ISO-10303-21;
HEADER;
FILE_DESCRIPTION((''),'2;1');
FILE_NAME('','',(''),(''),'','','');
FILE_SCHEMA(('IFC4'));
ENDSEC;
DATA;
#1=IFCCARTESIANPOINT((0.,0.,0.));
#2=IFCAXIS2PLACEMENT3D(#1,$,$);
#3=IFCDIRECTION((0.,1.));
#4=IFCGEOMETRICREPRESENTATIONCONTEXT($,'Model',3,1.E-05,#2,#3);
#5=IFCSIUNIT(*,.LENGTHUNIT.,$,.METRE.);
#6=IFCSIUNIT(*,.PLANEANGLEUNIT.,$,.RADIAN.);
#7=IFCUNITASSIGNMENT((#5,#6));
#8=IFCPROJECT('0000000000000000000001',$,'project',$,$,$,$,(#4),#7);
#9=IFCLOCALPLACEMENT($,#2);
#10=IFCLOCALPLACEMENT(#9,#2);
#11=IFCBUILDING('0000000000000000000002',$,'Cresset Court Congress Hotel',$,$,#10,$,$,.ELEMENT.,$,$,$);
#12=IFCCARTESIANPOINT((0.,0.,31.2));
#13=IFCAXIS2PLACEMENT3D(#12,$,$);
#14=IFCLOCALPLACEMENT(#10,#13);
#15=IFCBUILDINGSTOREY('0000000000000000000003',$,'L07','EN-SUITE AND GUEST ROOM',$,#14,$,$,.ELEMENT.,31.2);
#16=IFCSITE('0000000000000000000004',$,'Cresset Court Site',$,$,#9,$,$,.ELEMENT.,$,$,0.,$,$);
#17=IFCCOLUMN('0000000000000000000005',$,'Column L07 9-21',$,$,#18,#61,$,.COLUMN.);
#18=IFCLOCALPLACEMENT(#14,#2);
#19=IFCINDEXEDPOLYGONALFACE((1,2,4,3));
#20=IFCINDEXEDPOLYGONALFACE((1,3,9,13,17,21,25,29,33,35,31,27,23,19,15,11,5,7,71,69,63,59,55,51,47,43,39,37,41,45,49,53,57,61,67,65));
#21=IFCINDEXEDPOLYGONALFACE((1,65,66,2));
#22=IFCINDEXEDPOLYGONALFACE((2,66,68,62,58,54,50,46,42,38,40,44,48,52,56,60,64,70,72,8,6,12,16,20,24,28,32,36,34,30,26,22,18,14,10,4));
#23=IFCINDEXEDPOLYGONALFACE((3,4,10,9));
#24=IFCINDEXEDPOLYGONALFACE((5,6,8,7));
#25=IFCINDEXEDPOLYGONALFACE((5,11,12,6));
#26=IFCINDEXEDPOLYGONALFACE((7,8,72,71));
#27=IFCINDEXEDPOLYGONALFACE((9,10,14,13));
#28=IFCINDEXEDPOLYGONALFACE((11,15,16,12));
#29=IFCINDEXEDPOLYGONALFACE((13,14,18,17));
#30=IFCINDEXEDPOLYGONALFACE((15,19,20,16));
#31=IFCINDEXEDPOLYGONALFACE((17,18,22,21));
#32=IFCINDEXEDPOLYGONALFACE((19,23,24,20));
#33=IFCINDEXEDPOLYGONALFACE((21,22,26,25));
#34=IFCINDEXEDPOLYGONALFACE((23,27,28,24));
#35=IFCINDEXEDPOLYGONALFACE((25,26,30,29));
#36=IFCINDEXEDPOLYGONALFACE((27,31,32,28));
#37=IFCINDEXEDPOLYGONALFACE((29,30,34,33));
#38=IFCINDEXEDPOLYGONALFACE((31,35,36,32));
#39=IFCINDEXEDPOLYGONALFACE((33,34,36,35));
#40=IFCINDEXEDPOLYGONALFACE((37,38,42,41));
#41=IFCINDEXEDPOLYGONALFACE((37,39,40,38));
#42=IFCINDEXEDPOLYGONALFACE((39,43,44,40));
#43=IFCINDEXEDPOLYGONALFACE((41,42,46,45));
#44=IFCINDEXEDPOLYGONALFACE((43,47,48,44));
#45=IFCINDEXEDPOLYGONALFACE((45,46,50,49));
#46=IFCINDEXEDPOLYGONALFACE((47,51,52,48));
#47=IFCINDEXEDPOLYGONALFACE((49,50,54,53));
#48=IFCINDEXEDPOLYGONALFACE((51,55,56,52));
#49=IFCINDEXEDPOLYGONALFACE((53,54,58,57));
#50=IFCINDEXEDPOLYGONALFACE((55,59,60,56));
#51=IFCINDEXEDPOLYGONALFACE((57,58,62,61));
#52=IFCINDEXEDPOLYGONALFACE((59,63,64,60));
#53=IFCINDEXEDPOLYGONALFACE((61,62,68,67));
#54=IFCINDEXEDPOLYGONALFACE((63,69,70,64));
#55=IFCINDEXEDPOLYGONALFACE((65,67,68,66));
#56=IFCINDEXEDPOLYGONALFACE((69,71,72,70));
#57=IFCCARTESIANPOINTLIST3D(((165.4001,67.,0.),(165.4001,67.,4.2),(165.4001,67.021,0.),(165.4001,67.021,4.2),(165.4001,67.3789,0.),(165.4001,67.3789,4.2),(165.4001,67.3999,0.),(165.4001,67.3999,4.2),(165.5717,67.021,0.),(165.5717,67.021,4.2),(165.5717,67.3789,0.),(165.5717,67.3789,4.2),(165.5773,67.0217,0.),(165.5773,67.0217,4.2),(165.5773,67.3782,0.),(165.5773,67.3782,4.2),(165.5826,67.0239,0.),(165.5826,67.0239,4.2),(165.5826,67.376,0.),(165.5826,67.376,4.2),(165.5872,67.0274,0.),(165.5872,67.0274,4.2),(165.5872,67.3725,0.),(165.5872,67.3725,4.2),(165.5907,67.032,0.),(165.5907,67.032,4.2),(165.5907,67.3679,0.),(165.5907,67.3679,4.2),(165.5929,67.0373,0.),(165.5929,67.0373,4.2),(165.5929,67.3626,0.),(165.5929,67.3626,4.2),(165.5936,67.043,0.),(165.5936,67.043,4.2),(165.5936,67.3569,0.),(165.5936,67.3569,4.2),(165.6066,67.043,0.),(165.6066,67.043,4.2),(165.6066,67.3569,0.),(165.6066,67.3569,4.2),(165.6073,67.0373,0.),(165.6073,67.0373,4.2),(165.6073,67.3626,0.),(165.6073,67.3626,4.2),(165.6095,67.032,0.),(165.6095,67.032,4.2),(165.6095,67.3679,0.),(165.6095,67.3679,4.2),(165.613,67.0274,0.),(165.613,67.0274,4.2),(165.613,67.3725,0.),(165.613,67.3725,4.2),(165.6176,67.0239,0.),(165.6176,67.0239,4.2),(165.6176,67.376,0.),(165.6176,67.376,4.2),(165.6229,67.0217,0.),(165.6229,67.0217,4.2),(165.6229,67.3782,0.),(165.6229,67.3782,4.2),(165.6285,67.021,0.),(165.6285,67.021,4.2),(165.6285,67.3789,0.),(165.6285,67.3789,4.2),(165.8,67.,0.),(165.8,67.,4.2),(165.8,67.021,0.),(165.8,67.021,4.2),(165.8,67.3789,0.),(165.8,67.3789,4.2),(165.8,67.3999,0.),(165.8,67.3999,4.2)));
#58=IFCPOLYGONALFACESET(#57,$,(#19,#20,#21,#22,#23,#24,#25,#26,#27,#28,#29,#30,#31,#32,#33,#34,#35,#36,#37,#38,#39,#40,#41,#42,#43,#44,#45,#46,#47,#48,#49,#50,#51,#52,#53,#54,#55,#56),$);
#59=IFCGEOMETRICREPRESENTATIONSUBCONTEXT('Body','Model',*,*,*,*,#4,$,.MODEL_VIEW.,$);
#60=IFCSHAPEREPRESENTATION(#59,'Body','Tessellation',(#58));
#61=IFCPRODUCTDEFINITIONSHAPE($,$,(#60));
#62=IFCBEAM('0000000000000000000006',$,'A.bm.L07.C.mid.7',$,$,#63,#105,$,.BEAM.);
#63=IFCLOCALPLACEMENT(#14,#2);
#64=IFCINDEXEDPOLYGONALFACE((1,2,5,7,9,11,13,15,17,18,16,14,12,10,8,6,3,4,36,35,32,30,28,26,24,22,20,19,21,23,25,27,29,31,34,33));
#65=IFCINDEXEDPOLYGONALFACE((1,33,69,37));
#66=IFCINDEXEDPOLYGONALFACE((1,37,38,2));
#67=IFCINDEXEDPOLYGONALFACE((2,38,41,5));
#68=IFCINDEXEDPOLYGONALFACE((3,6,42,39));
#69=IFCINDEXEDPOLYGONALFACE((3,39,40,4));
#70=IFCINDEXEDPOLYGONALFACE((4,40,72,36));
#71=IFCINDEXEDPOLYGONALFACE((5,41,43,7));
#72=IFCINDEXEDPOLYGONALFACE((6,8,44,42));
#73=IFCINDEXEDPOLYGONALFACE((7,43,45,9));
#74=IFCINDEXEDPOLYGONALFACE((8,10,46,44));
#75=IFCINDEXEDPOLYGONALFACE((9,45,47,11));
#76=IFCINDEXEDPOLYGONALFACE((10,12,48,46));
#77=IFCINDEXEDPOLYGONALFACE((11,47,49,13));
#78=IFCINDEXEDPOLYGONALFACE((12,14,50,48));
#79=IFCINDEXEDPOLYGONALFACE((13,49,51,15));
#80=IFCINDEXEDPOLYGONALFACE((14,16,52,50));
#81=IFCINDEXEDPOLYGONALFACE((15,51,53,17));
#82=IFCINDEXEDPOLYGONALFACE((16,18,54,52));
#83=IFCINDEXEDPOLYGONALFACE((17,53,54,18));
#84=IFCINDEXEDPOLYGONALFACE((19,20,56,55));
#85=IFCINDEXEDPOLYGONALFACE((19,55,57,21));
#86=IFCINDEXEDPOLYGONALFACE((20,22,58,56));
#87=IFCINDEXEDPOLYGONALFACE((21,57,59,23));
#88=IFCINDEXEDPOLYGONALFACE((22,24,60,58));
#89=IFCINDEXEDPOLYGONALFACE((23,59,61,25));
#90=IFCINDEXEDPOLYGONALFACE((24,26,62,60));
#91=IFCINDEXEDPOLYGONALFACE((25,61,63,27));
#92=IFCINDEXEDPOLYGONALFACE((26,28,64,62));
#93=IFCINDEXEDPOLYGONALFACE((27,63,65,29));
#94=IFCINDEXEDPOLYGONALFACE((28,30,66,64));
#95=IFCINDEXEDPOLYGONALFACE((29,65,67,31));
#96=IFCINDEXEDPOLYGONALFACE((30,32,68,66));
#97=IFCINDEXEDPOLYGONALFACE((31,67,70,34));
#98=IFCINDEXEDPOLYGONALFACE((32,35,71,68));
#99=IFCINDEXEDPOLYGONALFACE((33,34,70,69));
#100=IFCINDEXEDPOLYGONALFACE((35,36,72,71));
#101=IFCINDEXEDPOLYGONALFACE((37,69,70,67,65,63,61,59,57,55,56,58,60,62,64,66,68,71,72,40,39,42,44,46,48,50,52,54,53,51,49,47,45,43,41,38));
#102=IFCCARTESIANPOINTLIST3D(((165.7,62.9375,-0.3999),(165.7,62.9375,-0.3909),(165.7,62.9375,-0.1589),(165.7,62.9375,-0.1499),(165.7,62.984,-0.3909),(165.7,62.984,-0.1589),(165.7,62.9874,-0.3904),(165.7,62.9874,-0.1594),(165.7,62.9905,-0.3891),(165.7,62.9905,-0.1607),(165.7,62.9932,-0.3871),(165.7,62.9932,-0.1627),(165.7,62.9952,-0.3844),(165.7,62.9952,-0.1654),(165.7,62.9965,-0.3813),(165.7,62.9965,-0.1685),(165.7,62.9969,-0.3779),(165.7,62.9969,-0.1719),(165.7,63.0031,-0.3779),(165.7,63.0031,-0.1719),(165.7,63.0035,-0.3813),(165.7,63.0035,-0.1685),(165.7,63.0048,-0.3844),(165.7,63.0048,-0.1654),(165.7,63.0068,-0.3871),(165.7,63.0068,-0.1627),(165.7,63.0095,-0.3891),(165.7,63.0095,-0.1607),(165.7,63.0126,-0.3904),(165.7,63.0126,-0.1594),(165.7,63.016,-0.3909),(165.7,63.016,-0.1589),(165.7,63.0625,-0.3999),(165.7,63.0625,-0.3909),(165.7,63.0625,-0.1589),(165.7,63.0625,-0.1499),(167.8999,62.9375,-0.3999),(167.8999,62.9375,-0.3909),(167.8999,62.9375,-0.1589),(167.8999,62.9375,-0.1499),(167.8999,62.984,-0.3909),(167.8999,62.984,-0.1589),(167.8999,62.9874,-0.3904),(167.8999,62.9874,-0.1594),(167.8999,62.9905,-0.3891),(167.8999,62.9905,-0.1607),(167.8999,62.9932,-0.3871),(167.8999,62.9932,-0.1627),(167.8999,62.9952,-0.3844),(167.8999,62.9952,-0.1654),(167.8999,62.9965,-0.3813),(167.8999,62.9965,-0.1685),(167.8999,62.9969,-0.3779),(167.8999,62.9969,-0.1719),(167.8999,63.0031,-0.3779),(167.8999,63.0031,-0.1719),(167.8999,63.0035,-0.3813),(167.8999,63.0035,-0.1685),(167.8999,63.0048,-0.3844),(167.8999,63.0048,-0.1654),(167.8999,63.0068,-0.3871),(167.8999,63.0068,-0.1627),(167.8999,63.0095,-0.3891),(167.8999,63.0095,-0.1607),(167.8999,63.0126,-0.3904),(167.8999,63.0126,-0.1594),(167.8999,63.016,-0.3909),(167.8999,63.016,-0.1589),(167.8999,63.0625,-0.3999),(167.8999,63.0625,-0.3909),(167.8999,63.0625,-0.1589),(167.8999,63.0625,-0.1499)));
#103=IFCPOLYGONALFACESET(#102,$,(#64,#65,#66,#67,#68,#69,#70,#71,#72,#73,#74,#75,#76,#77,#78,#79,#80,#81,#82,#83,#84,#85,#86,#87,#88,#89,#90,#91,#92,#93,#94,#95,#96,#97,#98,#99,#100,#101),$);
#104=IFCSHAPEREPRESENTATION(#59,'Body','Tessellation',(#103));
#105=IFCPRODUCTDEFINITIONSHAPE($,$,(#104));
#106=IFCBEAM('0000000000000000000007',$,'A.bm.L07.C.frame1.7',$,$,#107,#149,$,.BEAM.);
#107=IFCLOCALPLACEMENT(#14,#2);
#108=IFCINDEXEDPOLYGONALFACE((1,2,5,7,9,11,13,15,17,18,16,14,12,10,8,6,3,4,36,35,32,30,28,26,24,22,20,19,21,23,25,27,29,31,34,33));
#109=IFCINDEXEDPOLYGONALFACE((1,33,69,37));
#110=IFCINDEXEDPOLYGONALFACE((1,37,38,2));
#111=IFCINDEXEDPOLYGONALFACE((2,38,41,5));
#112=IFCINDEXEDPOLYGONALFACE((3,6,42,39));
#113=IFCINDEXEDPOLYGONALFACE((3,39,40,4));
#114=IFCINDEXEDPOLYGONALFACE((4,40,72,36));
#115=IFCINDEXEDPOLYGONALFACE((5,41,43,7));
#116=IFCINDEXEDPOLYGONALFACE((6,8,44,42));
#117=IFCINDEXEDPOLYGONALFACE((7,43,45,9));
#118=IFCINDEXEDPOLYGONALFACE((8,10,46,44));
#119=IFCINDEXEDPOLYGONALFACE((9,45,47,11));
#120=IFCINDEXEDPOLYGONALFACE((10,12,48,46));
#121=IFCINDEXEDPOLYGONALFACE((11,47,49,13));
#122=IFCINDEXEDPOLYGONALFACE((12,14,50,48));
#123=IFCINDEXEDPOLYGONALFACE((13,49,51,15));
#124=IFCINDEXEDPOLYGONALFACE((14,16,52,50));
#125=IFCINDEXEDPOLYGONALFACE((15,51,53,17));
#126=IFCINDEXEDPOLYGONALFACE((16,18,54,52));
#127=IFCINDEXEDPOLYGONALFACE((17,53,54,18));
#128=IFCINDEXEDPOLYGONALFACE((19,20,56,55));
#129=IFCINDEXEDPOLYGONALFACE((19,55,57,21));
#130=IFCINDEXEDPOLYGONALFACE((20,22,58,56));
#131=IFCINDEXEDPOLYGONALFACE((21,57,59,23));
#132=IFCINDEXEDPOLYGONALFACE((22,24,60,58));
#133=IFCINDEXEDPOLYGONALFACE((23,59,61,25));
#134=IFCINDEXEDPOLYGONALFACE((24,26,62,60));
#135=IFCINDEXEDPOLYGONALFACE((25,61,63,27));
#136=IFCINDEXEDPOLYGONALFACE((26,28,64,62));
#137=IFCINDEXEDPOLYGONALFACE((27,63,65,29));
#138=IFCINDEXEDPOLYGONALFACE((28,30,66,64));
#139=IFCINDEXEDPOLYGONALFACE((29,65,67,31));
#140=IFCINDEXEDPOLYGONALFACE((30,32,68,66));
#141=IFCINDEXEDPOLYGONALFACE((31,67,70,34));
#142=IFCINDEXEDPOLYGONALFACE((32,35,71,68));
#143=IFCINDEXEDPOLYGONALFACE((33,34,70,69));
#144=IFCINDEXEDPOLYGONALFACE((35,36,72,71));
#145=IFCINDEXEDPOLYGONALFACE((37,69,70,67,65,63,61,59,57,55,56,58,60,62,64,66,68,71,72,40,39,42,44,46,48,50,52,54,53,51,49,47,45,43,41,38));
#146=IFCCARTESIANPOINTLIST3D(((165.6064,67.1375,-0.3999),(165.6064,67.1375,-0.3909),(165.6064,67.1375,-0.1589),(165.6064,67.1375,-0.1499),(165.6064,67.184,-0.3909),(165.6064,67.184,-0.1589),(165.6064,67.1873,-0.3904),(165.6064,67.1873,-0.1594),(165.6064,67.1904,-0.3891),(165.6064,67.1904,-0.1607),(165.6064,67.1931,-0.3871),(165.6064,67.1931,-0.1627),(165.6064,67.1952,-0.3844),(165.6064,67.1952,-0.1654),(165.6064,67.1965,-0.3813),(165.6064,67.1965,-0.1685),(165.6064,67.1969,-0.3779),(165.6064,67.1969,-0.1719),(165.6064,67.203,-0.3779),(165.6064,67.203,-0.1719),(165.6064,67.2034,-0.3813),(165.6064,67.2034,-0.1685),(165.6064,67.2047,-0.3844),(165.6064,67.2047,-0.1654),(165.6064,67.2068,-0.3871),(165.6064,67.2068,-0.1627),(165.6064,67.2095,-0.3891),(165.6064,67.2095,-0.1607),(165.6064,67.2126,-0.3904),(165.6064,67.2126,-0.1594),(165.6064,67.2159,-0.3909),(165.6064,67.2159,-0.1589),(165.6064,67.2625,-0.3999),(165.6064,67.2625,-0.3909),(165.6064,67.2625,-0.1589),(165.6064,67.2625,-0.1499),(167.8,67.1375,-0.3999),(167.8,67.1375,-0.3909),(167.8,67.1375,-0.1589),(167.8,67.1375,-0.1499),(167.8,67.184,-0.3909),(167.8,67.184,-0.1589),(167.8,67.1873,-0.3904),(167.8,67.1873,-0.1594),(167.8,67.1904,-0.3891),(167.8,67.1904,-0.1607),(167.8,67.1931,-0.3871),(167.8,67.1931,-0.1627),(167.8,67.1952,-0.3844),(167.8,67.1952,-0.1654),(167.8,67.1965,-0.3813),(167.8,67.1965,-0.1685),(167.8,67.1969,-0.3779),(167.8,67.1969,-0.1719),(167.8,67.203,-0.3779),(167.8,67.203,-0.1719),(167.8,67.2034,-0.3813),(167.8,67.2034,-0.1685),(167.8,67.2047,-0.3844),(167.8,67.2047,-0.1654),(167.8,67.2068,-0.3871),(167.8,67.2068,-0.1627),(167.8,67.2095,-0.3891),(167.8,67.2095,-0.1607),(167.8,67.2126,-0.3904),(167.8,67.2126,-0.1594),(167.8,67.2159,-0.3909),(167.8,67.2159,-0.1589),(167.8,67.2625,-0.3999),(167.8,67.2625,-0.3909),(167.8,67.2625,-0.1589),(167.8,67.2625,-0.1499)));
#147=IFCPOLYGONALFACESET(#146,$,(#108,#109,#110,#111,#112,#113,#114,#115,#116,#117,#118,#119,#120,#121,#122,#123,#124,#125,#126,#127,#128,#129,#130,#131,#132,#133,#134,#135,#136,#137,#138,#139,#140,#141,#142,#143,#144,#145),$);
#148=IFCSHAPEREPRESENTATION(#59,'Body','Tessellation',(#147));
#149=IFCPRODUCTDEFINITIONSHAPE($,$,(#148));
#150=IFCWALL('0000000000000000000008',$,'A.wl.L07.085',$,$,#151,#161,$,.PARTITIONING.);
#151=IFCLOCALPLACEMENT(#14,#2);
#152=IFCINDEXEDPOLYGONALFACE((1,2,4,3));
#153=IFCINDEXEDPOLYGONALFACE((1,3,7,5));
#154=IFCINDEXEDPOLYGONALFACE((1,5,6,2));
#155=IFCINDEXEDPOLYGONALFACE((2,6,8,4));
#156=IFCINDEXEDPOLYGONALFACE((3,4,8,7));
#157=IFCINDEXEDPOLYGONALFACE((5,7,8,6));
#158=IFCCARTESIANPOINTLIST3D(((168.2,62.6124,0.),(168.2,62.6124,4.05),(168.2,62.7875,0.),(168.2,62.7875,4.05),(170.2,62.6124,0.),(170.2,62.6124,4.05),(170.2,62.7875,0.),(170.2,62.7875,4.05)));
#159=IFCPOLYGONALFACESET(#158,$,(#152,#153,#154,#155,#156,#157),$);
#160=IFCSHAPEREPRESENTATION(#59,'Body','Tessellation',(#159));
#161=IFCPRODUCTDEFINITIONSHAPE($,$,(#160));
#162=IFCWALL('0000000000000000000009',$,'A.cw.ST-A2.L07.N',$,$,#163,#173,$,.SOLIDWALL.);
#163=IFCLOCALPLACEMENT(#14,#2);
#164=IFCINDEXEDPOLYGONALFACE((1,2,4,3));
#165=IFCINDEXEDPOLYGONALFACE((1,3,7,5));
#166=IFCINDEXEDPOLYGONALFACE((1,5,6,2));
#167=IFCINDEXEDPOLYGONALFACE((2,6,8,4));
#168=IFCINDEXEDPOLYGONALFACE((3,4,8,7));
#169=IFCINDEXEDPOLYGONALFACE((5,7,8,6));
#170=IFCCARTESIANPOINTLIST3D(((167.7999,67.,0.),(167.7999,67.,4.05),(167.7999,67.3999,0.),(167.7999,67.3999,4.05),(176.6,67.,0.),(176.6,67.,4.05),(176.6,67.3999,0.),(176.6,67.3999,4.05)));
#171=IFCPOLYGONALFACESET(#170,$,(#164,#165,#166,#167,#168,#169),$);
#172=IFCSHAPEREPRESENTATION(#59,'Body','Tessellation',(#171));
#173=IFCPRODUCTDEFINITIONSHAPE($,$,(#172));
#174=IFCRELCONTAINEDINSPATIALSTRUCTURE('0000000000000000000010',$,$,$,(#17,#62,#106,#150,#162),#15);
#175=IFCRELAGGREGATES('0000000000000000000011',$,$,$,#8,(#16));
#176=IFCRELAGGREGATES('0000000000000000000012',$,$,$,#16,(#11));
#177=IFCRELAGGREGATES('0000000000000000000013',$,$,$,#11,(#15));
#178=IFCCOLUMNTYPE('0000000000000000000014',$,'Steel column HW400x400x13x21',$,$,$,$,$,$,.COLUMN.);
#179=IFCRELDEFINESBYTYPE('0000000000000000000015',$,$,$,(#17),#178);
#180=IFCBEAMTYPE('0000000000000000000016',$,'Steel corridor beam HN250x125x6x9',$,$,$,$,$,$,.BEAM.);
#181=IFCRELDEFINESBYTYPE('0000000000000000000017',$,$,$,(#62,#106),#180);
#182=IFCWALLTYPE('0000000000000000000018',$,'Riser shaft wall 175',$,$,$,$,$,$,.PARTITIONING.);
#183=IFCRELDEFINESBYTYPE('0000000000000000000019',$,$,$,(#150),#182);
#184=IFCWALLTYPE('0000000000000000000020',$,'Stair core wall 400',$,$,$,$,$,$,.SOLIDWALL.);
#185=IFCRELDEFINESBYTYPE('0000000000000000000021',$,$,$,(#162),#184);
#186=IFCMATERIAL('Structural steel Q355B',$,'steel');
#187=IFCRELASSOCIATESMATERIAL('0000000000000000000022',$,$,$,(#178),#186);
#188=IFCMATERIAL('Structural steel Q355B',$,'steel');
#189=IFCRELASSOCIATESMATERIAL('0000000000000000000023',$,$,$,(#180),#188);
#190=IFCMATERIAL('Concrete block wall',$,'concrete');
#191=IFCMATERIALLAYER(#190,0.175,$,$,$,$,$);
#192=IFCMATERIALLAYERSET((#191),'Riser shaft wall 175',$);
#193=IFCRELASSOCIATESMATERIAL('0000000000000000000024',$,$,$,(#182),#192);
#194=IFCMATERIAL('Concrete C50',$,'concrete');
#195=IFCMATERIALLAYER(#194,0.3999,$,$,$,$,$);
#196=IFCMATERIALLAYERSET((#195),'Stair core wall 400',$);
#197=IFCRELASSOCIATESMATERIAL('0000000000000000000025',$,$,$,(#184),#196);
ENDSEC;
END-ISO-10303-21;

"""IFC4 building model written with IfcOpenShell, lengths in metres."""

from ifc_helpers import new_model, si_unit, direction, frame, frame_2d, origin, origin_2d, place, context, subcontext, project, spatial, rectangle, i_section, extrude, material, layer, layer_set, material_profile, profile_set, type_object, element, save


model = new_model("IFC4")

# Units and contexts
model_context = context("Model", 3, precision=1e-05, world=origin(), true_north=direction((0.0, 1.0)))
body_context = subcontext(model_context, "Body", "Model", "MODEL_VIEW")
ifc_project = project(units=[si_unit("LENGTHUNIT", "METRE"), si_unit("PLANEANGLEUNIT", "RADIAN")], contexts=[model_context])

# Site, building, storey
site_placement = place(None, origin())
site = spatial("IfcSite", under=ifc_project, at=site_placement, Name="Cresset Court Site", CompositionType="ELEMENT", RefElevation=0.0)
building_placement = place(site_placement, origin())
building = spatial("IfcBuilding", under=site, at=building_placement, Name="Cresset Court Congress Hotel", CompositionType="ELEMENT")
storey_placement = place(building_placement, frame((0.0, 0.0, 31.2)))
storey = spatial("IfcBuildingStorey", under=building, at=storey_placement, Name="L07", Description="EN-SUITE AND GUEST ROOM", CompositionType="ELEMENT", Elevation=31.2)

# Column
ifc_material_1 = material(Name="Structural steel Q355B", Category="steel")
ifc_material_profile_1 = material_profile(ifc_material_1, i_section(OverallWidth=0.3999, OverallDepth=0.3999, WebThickness=0.0129, FlangeThickness=0.021, FilletRadius=0.022, at=origin_2d()), Name="HW400x400x13x21")
ifc_profile_set_1 = profile_set([ifc_material_profile_1], Name="Structural steel Q355B")
column_type = type_object("IfcColumnType", Name="Steel column HW400x400x13x21", PredefinedType="COLUMN", material=ifc_profile_set_1)
column_placement = place(storey_placement, frame((165.6001, 67.2, 0.0), z_axis=(0.0, 0.0, 1.0), x_axis=(1.0, 0.0, 0.0)))
element("IfcColumn", 1, at=column_placement, inside=storey, type_object=column_type, Name="Column L07 9-21", PredefinedType="COLUMN", context=body_context, shape_type="SweptSolid", body=[
    extrude(i_section(OverallWidth=0.3999, OverallDepth=0.3999, WebThickness=0.0129, FlangeThickness=0.021, FilletRadius=0.022, at=origin_2d()), origin(), (0.0, 0.0, 1.0), 4.2),
])

# Beams
ifc_material_2 = material(Name="Structural steel Q355B", Category="steel")
ifc_material_profile_2 = material_profile(ifc_material_2, i_section(OverallWidth=0.125, OverallDepth=0.25, WebThickness=0.0061, FlangeThickness=0.009, FilletRadius=0.0129, at=origin_2d()), Name="HN250x125x6x9")
ifc_profile_set_2 = profile_set([ifc_material_profile_2], Name="Structural steel Q355B")
beam_type = type_object("IfcBeamType", Name="Steel corridor beam HN250x125x6x9", PredefinedType="BEAM", material=ifc_profile_set_2)
beam_1_placement = place(storey_placement, frame((165.7, 63.0, -0.2749), z_axis=(1.0, 0.0, 0.0), x_axis=(0.0, 1.0, 0.0)))
element("IfcBeam", 2, at=beam_1_placement, inside=storey, type_object=beam_type, Name="A.bm.L07.C.mid.7", PredefinedType="BEAM", context=body_context, shape_type="SweptSolid", body=[
    extrude(i_section(OverallWidth=0.125, OverallDepth=0.25, WebThickness=0.0061, FlangeThickness=0.009, FilletRadius=0.0129, at=origin_2d()), origin(), (0.0, 0.0, 1.0), 2.2),
])
beam_2_placement = place(storey_placement, frame((165.6064, 67.2, -0.2749), z_axis=(1.0, 0.0, 0.0), x_axis=(0.0, 1.0, 0.0)))
element("IfcBeam", 3, at=beam_2_placement, inside=storey, type_object=beam_type, Name="A.bm.L07.C.frame1.7", PredefinedType="BEAM", context=body_context, shape_type="SweptSolid", body=[
    extrude(i_section(OverallWidth=0.125, OverallDepth=0.25, WebThickness=0.0061, FlangeThickness=0.009, FilletRadius=0.0129, at=origin_2d()), origin(), (0.0, 0.0, 1.0), 2.1936),
])

# Walls
ifc_material_3 = material(Name="Concrete block wall", Category="concrete")
ifc_layer_1 = layer(ifc_material_3, 0.175)
ifc_layer_set_1 = layer_set([ifc_layer_1], Name="Riser shaft wall 175")
wall_type_1 = type_object("IfcWallType", Name="Riser shaft wall 175", PredefinedType="PARTITIONING", material=ifc_layer_set_1)
wall_1_placement = place(storey_placement, frame((168.2, 62.7, 0.0), z_axis=(0.0, 0.0, 1.0), x_axis=(1.0, 0.0, 0.0)))
element("IfcWall", 4, at=wall_1_placement, inside=storey, type_object=wall_type_1, Name="A.wl.L07.085", PredefinedType="PARTITIONING", context=body_context, shape_type="SweptSolid", body=[
    extrude(rectangle(XDim=2.0, YDim=0.175, at=frame_2d((1.0, 0.0))), origin(), (0.0, 0.0, 1.0), 4.05),
])
ifc_material_4 = material(Name="Concrete C50", Category="concrete")
ifc_layer_2 = layer(ifc_material_4, 0.3999)
ifc_layer_set_2 = layer_set([ifc_layer_2], Name="Stair core wall 400")
wall_type_2 = type_object("IfcWallType", Name="Stair core wall 400", PredefinedType="SOLIDWALL", material=ifc_layer_set_2)
wall_2_placement = place(storey_placement, frame((167.8, 67.2, 0.0), z_axis=(0.0, 0.0, 1.0), x_axis=(1.0, 0.0, 0.0)))
element("IfcWall", 5, at=wall_2_placement, inside=storey, type_object=wall_type_2, Name="A.cw.ST-A2.L07.N", PredefinedType="SOLIDWALL", context=body_context, shape_type="SweptSolid", body=[
    extrude(rectangle(XDim=8.8, YDim=0.3999, at=frame_2d((4.3999, 0.0))), origin(), (0.0, 0.0, 1.0), 4.05),
])

save(model, "model.ifc")
